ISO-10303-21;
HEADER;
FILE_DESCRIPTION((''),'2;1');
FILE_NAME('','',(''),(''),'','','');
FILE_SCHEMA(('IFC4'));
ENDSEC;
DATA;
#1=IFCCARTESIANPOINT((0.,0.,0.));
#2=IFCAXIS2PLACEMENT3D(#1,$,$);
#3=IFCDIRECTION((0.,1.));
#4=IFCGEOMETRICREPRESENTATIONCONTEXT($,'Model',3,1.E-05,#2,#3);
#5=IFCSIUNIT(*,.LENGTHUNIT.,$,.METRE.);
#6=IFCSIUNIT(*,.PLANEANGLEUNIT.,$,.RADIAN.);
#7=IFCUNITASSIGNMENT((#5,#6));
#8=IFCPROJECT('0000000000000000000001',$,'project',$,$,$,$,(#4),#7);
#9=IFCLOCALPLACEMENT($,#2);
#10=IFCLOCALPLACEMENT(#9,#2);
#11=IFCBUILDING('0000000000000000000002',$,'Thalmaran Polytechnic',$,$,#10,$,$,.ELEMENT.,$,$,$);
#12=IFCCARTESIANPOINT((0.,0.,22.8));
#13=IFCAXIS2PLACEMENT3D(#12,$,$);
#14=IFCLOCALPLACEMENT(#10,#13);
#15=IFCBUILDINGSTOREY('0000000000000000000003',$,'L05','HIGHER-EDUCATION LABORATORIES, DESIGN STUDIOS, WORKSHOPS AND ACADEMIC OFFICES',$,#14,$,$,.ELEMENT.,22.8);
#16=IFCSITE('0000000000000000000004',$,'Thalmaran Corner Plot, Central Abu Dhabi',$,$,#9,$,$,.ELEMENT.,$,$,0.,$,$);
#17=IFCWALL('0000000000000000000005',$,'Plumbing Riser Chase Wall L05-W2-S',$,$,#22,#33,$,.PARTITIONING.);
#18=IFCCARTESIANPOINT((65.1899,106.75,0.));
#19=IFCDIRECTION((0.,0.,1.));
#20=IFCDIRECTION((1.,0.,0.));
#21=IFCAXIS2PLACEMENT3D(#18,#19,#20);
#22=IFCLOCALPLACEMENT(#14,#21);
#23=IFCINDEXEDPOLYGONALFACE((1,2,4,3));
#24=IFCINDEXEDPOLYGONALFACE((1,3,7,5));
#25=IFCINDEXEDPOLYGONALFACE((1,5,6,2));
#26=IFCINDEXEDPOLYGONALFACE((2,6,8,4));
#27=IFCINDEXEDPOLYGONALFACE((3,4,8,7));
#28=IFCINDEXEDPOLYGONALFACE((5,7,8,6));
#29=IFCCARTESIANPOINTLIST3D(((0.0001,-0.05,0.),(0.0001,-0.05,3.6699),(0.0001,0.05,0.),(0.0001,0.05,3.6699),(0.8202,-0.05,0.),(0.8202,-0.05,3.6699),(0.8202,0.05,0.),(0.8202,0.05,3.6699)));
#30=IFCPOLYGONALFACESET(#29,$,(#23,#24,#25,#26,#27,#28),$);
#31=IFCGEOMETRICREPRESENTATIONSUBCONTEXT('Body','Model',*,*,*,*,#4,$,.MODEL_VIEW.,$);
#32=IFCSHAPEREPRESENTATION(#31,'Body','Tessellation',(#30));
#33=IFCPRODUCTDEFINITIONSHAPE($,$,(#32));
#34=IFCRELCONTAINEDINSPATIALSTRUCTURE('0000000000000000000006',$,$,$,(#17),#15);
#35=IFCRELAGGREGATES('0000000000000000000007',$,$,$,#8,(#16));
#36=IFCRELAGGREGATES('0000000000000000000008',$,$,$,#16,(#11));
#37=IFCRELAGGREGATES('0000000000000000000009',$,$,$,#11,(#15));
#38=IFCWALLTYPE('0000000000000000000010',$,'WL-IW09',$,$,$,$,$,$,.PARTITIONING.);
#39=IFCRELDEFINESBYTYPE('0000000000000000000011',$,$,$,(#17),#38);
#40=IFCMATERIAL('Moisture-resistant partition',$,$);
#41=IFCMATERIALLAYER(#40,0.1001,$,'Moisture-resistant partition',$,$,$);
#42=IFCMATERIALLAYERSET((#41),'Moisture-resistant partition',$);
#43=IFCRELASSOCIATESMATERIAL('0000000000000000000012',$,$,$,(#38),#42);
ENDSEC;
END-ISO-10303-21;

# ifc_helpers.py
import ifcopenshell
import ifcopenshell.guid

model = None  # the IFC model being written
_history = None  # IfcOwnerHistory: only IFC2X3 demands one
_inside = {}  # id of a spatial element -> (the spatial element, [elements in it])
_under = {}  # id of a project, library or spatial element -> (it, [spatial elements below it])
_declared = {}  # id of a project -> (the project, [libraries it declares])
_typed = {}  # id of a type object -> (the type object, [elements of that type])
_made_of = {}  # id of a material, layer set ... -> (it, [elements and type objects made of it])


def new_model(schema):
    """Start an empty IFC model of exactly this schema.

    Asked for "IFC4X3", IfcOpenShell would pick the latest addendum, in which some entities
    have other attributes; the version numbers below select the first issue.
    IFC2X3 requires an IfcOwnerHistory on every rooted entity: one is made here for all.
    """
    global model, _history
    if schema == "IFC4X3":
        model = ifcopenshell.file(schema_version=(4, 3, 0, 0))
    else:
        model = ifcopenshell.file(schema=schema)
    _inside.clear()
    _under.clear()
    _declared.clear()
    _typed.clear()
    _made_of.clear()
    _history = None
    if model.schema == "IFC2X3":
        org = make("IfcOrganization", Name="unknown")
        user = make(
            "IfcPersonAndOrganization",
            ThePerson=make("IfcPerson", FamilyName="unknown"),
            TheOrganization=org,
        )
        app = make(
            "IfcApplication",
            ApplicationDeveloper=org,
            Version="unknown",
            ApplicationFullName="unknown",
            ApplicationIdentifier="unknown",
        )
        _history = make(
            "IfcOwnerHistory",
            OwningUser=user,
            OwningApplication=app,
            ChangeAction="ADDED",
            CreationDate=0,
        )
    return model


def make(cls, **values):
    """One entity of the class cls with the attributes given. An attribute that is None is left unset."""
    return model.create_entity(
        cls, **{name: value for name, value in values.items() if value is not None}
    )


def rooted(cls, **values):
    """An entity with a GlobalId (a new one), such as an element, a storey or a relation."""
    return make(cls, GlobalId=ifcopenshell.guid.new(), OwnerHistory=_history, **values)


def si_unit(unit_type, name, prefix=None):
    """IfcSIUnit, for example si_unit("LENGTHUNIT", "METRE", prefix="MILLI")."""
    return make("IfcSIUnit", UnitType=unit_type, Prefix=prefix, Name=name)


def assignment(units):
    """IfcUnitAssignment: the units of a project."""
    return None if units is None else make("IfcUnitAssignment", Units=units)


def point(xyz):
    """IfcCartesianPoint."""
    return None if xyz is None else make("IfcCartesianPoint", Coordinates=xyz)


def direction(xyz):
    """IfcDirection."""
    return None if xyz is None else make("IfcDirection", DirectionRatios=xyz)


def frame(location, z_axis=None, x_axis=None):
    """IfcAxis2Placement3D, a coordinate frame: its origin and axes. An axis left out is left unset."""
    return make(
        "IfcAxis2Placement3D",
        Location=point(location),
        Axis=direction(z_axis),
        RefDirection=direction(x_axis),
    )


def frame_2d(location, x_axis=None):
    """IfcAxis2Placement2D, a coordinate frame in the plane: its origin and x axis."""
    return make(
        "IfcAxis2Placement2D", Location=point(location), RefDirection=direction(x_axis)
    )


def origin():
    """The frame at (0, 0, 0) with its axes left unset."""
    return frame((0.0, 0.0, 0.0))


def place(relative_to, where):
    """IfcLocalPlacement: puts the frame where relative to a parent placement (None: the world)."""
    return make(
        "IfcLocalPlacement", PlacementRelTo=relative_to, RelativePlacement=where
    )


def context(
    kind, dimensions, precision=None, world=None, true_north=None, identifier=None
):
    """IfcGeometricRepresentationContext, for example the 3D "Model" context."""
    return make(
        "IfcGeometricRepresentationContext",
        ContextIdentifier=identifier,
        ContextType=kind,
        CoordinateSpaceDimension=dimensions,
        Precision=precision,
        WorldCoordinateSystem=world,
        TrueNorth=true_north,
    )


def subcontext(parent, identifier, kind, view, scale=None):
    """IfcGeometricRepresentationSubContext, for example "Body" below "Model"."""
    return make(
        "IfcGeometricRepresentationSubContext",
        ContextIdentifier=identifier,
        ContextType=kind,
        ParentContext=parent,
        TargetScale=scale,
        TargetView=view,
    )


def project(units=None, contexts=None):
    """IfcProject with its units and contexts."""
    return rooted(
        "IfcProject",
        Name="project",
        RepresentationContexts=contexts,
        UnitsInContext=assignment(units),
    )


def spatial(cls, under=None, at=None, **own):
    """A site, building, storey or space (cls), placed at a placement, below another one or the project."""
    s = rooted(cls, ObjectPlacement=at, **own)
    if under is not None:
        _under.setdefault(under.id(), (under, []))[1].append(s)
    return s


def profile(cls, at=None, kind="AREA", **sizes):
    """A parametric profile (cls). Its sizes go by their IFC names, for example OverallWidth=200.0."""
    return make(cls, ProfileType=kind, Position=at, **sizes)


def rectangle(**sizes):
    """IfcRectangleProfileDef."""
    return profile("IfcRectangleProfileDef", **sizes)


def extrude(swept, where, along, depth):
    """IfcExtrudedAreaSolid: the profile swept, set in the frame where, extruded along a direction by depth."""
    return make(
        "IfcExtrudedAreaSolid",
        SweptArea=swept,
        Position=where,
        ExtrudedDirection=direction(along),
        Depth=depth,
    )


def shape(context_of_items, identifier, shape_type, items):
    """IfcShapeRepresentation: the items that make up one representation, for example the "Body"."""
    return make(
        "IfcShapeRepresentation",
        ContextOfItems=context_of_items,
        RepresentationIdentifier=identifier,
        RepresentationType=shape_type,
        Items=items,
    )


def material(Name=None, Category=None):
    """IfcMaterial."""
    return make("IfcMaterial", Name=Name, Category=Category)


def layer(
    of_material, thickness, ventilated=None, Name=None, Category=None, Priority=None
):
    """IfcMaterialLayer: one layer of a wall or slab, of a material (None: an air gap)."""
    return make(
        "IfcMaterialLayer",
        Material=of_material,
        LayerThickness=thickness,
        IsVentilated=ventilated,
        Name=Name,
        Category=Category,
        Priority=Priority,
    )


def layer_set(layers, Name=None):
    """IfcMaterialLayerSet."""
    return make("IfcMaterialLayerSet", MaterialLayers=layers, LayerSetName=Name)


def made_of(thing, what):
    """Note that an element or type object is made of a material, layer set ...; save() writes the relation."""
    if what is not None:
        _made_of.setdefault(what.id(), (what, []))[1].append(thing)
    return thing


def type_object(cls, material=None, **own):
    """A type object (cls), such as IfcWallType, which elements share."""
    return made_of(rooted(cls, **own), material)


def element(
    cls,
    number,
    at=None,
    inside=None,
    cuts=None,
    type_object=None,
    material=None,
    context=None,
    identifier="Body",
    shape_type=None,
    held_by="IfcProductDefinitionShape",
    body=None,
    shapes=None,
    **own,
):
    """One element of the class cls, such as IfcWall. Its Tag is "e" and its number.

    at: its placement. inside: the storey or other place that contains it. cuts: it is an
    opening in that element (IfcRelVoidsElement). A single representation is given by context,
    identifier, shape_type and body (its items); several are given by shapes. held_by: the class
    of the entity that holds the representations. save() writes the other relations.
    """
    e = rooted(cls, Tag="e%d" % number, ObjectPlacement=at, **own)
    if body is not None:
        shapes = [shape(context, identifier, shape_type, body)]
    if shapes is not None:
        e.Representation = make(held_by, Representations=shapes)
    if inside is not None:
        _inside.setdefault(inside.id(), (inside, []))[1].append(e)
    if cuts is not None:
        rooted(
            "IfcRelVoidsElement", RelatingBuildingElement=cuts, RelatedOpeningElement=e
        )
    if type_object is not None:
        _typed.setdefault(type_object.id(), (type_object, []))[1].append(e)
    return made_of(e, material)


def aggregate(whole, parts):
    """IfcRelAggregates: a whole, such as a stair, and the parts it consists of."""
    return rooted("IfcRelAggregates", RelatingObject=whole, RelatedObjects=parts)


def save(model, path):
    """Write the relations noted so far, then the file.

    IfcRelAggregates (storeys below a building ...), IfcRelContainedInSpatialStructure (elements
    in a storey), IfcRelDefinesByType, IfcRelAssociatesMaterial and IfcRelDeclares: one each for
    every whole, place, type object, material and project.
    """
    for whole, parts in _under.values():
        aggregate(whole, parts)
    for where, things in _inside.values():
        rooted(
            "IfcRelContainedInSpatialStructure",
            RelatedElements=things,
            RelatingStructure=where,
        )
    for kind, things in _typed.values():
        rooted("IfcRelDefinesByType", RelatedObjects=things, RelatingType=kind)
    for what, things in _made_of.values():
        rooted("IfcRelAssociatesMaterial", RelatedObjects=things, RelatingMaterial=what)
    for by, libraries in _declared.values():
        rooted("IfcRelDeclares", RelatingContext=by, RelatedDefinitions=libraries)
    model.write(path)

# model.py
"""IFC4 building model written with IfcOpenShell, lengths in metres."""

from ifc_helpers import new_model, si_unit, direction, frame, frame_2d, origin, place, context, subcontext, project, spatial, rectangle, extrude, material, layer, layer_set, type_object, element, save


model = new_model("IFC4")

# Units and contexts
model_context = context("Model", 3, precision=1e-05, world=origin(), true_north=direction((0.0, 1.0)))
body_context = subcontext(model_context, "Body", "Model", "MODEL_VIEW")
ifc_project = project(units=[si_unit("LENGTHUNIT", "METRE"), si_unit("PLANEANGLEUNIT", "RADIAN")], contexts=[model_context])

# Site, building, storey
site_placement = place(None, origin())
site = spatial("IfcSite", under=ifc_project, at=site_placement, Name="Thalmaran Corner Plot, Central Abu Dhabi", CompositionType="ELEMENT", RefElevation=0.0)
building_placement = place(site_placement, origin())
building = spatial("IfcBuilding", under=site, at=building_placement, Name="Thalmaran Polytechnic", CompositionType="ELEMENT")
storey_placement = place(building_placement, frame((0.0, 0.0, 22.8)))
storey = spatial("IfcBuildingStorey", under=building, at=storey_placement, Name="L05", Description="HIGHER-EDUCATION LABORATORIES, DESIGN STUDIOS, WORKSHOPS AND ACADEMIC OFFICES", CompositionType="ELEMENT", Elevation=22.8)

# Wall
ifc_material_1 = material(Name="Moisture-resistant partition")
ifc_layer_1 = layer(ifc_material_1, 0.1001, Name="Moisture-resistant partition")
ifc_layer_set_1 = layer_set([ifc_layer_1], Name="Moisture-resistant partition")
wall_type_1 = type_object("IfcWallType", Name="WL-IW09", PredefinedType="PARTITIONING", material=ifc_layer_set_1)
wall_1_placement = place(storey_placement, frame((65.1899, 106.75, 0.0), z_axis=(0.0, 0.0, 1.0), x_axis=(1.0, 0.0, 0.0)))
element("IfcWall", 1, at=wall_1_placement, inside=storey, type_object=wall_type_1, Name="Plumbing Riser Chase Wall L05-W2-S", PredefinedType="PARTITIONING", context=body_context, shape_type="SweptSolid", body=[
    extrude(rectangle(XDim=0.8201, YDim=0.1001, at=frame_2d((0.4102, 0.0))), origin(), (0.0, 0.0, 1.0), 3.6699),
])

save(model, "model.ifc")
